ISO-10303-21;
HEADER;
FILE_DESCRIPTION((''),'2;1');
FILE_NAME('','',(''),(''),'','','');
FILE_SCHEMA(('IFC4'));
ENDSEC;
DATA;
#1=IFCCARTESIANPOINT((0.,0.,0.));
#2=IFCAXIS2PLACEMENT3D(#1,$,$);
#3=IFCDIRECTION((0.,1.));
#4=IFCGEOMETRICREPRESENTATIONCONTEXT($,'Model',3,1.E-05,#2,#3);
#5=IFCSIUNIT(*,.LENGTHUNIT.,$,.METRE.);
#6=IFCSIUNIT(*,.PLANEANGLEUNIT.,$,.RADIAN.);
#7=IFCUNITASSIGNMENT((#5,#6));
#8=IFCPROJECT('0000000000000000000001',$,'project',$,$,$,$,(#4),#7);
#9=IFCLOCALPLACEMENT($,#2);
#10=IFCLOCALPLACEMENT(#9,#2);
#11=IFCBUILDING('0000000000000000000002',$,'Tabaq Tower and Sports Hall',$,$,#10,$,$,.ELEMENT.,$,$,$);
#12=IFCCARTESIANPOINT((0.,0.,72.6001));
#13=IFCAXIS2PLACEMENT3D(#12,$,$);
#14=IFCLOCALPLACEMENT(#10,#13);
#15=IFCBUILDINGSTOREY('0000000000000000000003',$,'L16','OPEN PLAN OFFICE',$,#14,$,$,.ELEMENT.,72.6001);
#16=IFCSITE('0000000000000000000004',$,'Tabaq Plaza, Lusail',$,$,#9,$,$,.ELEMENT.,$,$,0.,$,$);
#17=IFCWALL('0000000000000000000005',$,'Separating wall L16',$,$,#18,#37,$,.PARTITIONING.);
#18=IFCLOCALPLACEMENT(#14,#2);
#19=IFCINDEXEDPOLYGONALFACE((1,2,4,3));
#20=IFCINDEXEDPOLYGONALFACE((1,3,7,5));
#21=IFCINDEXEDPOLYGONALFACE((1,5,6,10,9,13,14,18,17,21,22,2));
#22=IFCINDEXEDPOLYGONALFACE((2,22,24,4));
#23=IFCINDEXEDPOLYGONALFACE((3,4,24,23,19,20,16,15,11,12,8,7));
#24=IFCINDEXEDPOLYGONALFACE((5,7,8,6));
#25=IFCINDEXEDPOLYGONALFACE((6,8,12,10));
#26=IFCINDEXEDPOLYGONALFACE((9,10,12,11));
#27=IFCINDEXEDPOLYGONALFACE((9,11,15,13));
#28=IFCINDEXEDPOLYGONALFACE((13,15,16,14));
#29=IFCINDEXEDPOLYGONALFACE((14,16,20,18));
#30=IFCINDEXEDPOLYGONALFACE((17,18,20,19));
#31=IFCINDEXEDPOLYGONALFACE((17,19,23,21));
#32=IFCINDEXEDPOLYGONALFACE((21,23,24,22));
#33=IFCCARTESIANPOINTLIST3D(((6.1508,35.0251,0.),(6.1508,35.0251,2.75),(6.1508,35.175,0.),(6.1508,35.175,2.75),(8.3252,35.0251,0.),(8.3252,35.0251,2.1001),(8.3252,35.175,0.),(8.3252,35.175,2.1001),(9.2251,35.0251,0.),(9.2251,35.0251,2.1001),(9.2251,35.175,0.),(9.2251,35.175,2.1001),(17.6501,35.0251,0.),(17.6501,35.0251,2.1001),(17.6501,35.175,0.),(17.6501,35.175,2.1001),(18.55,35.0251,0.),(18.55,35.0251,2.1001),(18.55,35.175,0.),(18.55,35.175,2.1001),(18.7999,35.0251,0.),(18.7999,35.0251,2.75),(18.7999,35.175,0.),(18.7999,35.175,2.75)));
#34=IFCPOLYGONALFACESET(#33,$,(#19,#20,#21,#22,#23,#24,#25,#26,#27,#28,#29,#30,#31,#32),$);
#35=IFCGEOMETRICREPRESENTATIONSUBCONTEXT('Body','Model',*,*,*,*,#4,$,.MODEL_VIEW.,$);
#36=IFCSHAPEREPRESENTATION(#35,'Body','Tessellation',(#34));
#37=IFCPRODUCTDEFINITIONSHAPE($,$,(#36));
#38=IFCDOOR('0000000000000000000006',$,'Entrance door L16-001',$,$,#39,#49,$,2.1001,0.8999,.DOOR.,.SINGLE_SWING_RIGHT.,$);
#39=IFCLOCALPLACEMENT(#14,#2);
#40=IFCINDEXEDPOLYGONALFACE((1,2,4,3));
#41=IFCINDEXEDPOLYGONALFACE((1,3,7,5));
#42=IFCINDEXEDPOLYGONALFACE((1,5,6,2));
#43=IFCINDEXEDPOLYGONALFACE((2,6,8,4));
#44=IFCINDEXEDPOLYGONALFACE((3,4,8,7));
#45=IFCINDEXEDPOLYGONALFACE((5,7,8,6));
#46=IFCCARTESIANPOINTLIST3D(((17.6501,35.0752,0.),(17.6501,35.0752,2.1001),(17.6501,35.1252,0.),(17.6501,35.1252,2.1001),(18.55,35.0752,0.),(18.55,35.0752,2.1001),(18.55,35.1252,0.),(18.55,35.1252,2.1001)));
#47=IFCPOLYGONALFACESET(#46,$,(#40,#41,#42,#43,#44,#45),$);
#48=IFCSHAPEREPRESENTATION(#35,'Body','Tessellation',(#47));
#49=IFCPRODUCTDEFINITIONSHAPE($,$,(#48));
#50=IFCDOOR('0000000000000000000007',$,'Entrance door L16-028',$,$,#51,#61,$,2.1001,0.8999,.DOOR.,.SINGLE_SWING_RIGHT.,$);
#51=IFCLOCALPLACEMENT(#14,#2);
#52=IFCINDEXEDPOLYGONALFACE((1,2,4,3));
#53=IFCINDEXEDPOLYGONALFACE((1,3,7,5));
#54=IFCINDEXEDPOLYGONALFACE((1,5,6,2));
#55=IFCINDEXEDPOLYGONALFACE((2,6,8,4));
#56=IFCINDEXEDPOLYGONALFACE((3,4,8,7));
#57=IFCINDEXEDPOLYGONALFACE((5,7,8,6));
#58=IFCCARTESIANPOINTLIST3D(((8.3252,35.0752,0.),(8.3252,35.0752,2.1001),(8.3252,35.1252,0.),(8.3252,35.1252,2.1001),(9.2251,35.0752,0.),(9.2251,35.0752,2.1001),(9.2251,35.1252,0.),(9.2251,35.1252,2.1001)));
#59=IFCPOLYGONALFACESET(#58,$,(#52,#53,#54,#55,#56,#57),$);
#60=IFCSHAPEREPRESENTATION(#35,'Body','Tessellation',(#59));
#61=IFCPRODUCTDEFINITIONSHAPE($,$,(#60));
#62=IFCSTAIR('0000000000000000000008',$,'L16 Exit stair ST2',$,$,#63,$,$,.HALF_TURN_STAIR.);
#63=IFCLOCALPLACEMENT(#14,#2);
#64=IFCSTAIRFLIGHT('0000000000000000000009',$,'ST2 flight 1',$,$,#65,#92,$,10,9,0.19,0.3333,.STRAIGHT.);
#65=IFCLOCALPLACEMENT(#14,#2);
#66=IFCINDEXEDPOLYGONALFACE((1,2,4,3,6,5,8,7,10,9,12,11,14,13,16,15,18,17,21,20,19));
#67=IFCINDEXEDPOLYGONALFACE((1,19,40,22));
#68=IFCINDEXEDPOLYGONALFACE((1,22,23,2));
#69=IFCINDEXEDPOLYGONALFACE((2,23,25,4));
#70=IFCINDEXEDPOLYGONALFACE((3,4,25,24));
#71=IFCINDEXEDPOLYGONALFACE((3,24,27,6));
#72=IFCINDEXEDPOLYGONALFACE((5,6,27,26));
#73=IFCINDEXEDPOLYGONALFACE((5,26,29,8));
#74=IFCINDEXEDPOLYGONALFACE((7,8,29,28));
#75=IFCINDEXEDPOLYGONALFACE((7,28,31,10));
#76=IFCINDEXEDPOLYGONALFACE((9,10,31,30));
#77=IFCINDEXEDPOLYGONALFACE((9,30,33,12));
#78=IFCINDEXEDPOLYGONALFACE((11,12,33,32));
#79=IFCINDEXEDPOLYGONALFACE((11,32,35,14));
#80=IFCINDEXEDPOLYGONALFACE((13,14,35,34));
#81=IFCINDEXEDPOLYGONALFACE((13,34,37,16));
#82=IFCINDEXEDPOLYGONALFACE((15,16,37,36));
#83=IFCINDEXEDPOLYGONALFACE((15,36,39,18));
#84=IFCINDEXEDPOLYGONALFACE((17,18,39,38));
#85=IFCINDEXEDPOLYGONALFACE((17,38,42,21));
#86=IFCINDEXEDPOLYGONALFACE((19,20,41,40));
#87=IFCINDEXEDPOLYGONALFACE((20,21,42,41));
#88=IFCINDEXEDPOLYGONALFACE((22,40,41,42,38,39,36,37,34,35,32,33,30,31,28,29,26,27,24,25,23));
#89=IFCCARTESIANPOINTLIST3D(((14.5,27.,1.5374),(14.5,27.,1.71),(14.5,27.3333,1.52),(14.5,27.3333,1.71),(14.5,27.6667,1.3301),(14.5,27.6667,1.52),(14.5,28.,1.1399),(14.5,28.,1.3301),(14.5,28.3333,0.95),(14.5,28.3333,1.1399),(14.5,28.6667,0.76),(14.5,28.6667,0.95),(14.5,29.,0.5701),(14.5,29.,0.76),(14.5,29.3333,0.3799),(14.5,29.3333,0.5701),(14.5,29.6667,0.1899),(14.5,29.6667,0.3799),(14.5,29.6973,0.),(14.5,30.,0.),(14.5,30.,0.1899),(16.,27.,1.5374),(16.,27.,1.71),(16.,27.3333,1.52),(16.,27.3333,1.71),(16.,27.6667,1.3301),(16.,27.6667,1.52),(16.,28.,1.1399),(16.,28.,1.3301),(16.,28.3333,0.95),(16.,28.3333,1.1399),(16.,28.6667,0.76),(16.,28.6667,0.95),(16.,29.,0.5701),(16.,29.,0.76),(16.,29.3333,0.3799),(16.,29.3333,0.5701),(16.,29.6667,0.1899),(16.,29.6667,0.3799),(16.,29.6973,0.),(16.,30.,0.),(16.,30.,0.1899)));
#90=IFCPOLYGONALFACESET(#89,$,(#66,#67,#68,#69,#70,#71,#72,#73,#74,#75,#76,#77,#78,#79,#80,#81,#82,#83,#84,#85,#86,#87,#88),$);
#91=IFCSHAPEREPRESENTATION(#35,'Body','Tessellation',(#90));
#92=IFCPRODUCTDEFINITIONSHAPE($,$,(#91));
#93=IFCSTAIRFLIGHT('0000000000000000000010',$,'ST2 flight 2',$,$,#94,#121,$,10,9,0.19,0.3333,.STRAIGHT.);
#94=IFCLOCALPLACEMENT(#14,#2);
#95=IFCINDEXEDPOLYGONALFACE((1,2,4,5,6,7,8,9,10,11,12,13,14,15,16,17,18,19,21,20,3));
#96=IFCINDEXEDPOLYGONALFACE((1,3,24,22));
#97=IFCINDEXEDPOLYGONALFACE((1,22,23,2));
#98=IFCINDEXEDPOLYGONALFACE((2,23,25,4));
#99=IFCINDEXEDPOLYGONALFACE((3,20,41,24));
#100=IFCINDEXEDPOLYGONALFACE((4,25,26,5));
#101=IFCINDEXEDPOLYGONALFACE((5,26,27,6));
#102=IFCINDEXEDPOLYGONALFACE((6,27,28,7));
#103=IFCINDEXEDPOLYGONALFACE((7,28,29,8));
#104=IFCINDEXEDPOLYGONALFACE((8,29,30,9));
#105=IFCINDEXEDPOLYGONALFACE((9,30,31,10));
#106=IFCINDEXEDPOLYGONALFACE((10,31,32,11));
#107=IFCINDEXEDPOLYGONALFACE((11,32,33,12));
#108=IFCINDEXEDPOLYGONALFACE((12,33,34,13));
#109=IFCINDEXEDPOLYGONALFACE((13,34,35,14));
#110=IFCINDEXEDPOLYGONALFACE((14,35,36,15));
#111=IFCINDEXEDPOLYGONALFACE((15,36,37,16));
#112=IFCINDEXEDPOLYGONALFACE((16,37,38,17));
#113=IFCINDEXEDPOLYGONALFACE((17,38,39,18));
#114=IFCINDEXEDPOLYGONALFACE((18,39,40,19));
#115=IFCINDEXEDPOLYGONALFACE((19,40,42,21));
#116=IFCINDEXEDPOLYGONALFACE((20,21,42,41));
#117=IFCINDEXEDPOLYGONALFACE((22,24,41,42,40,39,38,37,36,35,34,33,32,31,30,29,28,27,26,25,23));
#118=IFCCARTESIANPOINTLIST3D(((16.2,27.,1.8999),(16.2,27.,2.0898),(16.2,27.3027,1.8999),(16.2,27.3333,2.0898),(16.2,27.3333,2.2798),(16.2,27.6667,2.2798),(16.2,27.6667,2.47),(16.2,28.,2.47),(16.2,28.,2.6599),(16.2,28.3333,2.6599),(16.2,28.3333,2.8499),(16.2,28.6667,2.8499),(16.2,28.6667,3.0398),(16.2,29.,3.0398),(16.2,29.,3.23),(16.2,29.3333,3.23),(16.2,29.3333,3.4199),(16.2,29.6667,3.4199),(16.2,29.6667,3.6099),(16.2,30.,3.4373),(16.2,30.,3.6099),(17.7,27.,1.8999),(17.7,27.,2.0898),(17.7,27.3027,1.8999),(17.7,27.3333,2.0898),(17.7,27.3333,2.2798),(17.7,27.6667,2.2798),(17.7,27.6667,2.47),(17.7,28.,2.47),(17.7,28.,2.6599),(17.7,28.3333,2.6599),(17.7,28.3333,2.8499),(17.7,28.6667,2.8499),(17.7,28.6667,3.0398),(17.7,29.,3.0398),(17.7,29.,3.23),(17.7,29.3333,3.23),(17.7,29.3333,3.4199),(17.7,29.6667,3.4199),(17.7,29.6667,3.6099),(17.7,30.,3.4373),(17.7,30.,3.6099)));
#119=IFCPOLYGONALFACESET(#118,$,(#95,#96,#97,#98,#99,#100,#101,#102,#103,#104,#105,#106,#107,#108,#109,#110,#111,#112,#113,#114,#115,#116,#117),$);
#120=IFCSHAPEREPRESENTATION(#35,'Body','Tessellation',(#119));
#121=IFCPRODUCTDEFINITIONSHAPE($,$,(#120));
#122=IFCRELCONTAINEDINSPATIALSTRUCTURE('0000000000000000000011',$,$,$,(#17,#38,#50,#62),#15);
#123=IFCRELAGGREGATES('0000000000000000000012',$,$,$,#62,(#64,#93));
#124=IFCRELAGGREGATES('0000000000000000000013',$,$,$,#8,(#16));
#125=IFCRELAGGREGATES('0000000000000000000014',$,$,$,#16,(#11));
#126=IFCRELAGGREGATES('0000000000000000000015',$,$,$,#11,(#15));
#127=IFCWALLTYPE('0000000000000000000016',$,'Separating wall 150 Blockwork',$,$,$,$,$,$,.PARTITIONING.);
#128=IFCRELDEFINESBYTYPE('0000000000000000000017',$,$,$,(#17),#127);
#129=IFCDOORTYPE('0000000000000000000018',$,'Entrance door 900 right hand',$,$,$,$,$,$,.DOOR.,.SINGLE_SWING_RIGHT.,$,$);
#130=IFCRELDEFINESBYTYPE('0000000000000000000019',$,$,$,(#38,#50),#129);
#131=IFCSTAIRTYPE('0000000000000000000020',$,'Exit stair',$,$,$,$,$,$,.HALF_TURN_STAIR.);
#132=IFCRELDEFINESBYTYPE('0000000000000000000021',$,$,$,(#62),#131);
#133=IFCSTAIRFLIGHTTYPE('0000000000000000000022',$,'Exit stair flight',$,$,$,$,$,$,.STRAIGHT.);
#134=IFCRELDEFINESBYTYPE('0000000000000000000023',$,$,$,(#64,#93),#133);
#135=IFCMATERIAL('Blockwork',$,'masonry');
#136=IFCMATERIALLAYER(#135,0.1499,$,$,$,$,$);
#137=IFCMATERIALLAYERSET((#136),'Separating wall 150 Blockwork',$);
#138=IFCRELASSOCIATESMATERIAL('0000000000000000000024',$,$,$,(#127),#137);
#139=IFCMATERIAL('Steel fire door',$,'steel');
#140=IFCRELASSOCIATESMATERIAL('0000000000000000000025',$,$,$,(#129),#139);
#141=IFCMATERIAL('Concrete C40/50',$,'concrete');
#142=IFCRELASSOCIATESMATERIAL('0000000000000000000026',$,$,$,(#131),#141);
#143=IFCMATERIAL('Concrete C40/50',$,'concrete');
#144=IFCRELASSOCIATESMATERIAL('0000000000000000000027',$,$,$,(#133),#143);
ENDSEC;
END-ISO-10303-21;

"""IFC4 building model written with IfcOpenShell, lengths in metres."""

from ifc_helpers import new_model, si_unit, direction, frame, frame_2d, origin, place, context, subcontext, project, spatial, polyline, rectangle, outline, extrude, material, layer, layer_set, type_object, element, fill, aggregate, save


model = new_model("IFC4")

# Units and contexts
model_context = context("Model", 3, precision=1e-05, world=origin(), true_north=direction((0.0, 1.0)))
body_context = subcontext(model_context, "Body", "Model", "MODEL_VIEW")
ifc_project = project(units=[si_unit("LENGTHUNIT", "METRE"), si_unit("PLANEANGLEUNIT", "RADIAN")], contexts=[model_context])

# Site, building, storey
site_placement = place(None, origin())
site = spatial("IfcSite", under=ifc_project, at=site_placement, Name="Tabaq Plaza, Lusail", CompositionType="ELEMENT", RefElevation=0.0)
building_placement = place(site_placement, origin())
building = spatial("IfcBuilding", under=site, at=building_placement, Name="Tabaq Tower and Sports Hall", CompositionType="ELEMENT")
storey_placement = place(building_placement, frame((0.0, 0.0, 72.6001)))
storey = spatial("IfcBuildingStorey", under=building, at=storey_placement, Name="L16", Description="OPEN PLAN OFFICE", CompositionType="ELEMENT", Elevation=72.6001)

# Wall, openings, doors
ifc_material_1 = material(Name="Blockwork", Category="masonry")
ifc_layer_1 = layer(ifc_material_1, 0.1499)
ifc_layer_set_1 = layer_set([ifc_layer_1], Name="Separating wall 150 Blockwork")
wall_type_1 = type_object("IfcWallType", Name="Separating wall 150 Blockwork", PredefinedType="PARTITIONING", material=ifc_layer_set_1)
wall_1_placement = place(storey_placement, frame((18.8, 35.1001, 0.0), z_axis=(0.0, 0.0, 1.0), x_axis=(-1.0, 0.0, 0.0)))
wall_1 = element("IfcWall", 1, at=wall_1_placement, inside=storey, type_object=wall_type_1, Name="Separating wall L16", PredefinedType="PARTITIONING", context=body_context, shape_type="SweptSolid", body=[
    extrude(rectangle(XDim=12.6492, YDim=0.1499, at=frame_2d((6.3247, 0.0))), origin(), (0.0, 0.0, 1.0), 2.75),
])
opening_1_placement = place(wall_1_placement, frame((0.25, 0.0, 0.0)))
opening_1 = element("IfcOpeningElement", 2, at=opening_1_placement, cuts=wall_1, PredefinedType="OPENING", context=body_context, shape_type="SweptSolid", body=[
    extrude(rectangle(XDim=0.8999, YDim=2.1001, at=frame_2d((0.45, 1.05))), frame((0.0, 0.075, 0.0), z_axis=(0.0, -1.0, 0.0), x_axis=(1.0, 0.0, 0.0)), (0.0, 0.0, 1.0), 0.1499),
])
opening_2_placement = place(wall_1_placement, frame((9.575, 0.0, 0.0)))
opening_2 = element("IfcOpeningElement", 3, at=opening_2_placement, cuts=wall_1, PredefinedType="OPENING", context=body_context, shape_type="SweptSolid", body=[
    extrude(rectangle(XDim=0.8999, YDim=2.1001, at=frame_2d((0.45, 1.05))), frame((0.0, 0.075, 0.0), z_axis=(0.0, -1.0, 0.0), x_axis=(1.0, 0.0, 0.0)), (0.0, 0.0, 1.0), 0.1499),
])
ifc_material_2 = material(Name="Steel fire door", Category="steel")
door_type_1 = type_object("IfcDoorType", Name="Entrance door 900 right hand", OperationType="SINGLE_SWING_RIGHT", PredefinedType="DOOR", material=ifc_material_2)
door_1_placement = place(opening_1_placement, origin())
door_1 = element("IfcDoor", 4, at=door_1_placement, inside=storey, type_object=door_type_1, Name="Entrance door L16-001", OperationType="SINGLE_SWING_RIGHT", OverallHeight=2.1001, OverallWidth=0.8999, PredefinedType="DOOR", context=body_context, shape_type="SweptSolid", body=[
    extrude(rectangle(XDim=0.8999, YDim=2.1001, at=frame_2d((0.45, 1.05))), frame((0.0, 0.0249, 0.0), z_axis=(0.0, -1.0, 0.0), x_axis=(1.0, 0.0, 0.0)), (0.0, 0.0, 1.0), 0.05),
])
fill(opening_1, door_1)
door_2_placement = place(opening_2_placement, origin())
door_2 = element("IfcDoor", 5, at=door_2_placement, inside=storey, type_object=door_type_1, Name="Entrance door L16-028", OperationType="SINGLE_SWING_RIGHT", OverallHeight=2.1001, OverallWidth=0.8999, PredefinedType="DOOR", context=body_context, shape_type="SweptSolid", body=[
    extrude(rectangle(XDim=0.8999, YDim=2.1001, at=frame_2d((0.45, 1.05))), frame((0.0, 0.0249, 0.0), z_axis=(0.0, -1.0, 0.0), x_axis=(1.0, 0.0, 0.0)), (0.0, 0.0, 1.0), 0.05),
])
fill(opening_2, door_2)

# Stair, stair flights
ifc_material_3 = material(Name="Concrete C40/50", Category="concrete")
stair_type = type_object("IfcStairType", Name="Exit stair", PredefinedType="HALF_TURN_STAIR", material=ifc_material_3)
stair_placement = place(storey_placement, origin())
stair = element("IfcStair", 6, at=stair_placement, inside=storey, type_object=stair_type, Name="L16 Exit stair ST2", PredefinedType="HALF_TURN_STAIR")
ifc_material_4 = material(Name="Concrete C40/50", Category="concrete")
stair_flight_type = type_object("IfcStairFlightType", Name="Exit stair flight", PredefinedType="STRAIGHT", material=ifc_material_4)
stair_flight_1_placement = place(storey_placement, frame((15.25, 30.0, 0.0), z_axis=(0.0, 0.0, 1.0), x_axis=(0.0, -1.0, 0.0)))
stair_flight_1 = element("IfcStairFlight", 7, at=stair_flight_1_placement, type_object=stair_flight_type, Name="ST2 flight 1", NumberOfRisers=10, NumberOfTreads=9, PredefinedType="STRAIGHT", RiserHeight=0.19, TreadLength=0.3333, context=body_context, shape_type="SweptSolid", body=[
    extrude(outline(polyline([(0.0, 0.0), (0.0, 0.1899), (0.3333, 0.1899), (0.3333, 0.3799), (0.6667, 0.3799), (0.6667, 0.5701), (1.0, 0.5701), (1.0, 0.76), (1.3333, 0.76), (1.3333, 0.95), (1.6667, 0.95), (1.6667, 1.1399), (2.0, 1.1399), (2.0, 1.3301), (2.3333, 1.3301), (2.3333, 1.52), (2.6667, 1.52), (2.6667, 1.71), (3.0, 1.71), (3.0, 1.8999), (3.0, 1.5374), (0.3027, 0.0), (0.0, 0.0)])), frame((0.0, 0.75, 0.0), z_axis=(0.0, -1.0, 0.0), x_axis=(1.0, 0.0, 0.0)), (0.0, 0.0, 1.0), 1.5),
])
stair_flight_2_placement = place(storey_placement, frame((16.95, 27.0, 1.8999), z_axis=(0.0, 0.0, 1.0), x_axis=(0.0, 1.0, 0.0)))
stair_flight_2 = element("IfcStairFlight", 8, at=stair_flight_2_placement, type_object=stair_flight_type, Name="ST2 flight 2", NumberOfRisers=10, NumberOfTreads=9, PredefinedType="STRAIGHT", RiserHeight=0.19, TreadLength=0.3333, context=body_context, shape_type="SweptSolid", body=[
    extrude(outline(polyline([(0.0, 0.0), (0.0, 0.1899), (0.3333, 0.1899), (0.3333, 0.3799), (0.6667, 0.3799), (0.6667, 0.5701), (1.0, 0.5701), (1.0, 0.76), (1.3333, 0.76), (1.3333, 0.95), (1.6667, 0.95), (1.6667, 1.1399), (2.0, 1.1399), (2.0, 1.3301), (2.3333, 1.3301), (2.3333, 1.52), (2.6667, 1.52), (2.6667, 1.71), (3.0, 1.71), (3.0, 1.8999), (3.0, 1.5374), (0.3027, 0.0), (0.0, 0.0)])), frame((0.0, 0.75, 0.0), z_axis=(0.0, -1.0, 0.0), x_axis=(1.0, 0.0, 0.0)), (0.0, 0.0, 1.0), 1.5),
])
aggregate(stair, [stair_flight_1, stair_flight_2])

save(model, "model.ifc")
